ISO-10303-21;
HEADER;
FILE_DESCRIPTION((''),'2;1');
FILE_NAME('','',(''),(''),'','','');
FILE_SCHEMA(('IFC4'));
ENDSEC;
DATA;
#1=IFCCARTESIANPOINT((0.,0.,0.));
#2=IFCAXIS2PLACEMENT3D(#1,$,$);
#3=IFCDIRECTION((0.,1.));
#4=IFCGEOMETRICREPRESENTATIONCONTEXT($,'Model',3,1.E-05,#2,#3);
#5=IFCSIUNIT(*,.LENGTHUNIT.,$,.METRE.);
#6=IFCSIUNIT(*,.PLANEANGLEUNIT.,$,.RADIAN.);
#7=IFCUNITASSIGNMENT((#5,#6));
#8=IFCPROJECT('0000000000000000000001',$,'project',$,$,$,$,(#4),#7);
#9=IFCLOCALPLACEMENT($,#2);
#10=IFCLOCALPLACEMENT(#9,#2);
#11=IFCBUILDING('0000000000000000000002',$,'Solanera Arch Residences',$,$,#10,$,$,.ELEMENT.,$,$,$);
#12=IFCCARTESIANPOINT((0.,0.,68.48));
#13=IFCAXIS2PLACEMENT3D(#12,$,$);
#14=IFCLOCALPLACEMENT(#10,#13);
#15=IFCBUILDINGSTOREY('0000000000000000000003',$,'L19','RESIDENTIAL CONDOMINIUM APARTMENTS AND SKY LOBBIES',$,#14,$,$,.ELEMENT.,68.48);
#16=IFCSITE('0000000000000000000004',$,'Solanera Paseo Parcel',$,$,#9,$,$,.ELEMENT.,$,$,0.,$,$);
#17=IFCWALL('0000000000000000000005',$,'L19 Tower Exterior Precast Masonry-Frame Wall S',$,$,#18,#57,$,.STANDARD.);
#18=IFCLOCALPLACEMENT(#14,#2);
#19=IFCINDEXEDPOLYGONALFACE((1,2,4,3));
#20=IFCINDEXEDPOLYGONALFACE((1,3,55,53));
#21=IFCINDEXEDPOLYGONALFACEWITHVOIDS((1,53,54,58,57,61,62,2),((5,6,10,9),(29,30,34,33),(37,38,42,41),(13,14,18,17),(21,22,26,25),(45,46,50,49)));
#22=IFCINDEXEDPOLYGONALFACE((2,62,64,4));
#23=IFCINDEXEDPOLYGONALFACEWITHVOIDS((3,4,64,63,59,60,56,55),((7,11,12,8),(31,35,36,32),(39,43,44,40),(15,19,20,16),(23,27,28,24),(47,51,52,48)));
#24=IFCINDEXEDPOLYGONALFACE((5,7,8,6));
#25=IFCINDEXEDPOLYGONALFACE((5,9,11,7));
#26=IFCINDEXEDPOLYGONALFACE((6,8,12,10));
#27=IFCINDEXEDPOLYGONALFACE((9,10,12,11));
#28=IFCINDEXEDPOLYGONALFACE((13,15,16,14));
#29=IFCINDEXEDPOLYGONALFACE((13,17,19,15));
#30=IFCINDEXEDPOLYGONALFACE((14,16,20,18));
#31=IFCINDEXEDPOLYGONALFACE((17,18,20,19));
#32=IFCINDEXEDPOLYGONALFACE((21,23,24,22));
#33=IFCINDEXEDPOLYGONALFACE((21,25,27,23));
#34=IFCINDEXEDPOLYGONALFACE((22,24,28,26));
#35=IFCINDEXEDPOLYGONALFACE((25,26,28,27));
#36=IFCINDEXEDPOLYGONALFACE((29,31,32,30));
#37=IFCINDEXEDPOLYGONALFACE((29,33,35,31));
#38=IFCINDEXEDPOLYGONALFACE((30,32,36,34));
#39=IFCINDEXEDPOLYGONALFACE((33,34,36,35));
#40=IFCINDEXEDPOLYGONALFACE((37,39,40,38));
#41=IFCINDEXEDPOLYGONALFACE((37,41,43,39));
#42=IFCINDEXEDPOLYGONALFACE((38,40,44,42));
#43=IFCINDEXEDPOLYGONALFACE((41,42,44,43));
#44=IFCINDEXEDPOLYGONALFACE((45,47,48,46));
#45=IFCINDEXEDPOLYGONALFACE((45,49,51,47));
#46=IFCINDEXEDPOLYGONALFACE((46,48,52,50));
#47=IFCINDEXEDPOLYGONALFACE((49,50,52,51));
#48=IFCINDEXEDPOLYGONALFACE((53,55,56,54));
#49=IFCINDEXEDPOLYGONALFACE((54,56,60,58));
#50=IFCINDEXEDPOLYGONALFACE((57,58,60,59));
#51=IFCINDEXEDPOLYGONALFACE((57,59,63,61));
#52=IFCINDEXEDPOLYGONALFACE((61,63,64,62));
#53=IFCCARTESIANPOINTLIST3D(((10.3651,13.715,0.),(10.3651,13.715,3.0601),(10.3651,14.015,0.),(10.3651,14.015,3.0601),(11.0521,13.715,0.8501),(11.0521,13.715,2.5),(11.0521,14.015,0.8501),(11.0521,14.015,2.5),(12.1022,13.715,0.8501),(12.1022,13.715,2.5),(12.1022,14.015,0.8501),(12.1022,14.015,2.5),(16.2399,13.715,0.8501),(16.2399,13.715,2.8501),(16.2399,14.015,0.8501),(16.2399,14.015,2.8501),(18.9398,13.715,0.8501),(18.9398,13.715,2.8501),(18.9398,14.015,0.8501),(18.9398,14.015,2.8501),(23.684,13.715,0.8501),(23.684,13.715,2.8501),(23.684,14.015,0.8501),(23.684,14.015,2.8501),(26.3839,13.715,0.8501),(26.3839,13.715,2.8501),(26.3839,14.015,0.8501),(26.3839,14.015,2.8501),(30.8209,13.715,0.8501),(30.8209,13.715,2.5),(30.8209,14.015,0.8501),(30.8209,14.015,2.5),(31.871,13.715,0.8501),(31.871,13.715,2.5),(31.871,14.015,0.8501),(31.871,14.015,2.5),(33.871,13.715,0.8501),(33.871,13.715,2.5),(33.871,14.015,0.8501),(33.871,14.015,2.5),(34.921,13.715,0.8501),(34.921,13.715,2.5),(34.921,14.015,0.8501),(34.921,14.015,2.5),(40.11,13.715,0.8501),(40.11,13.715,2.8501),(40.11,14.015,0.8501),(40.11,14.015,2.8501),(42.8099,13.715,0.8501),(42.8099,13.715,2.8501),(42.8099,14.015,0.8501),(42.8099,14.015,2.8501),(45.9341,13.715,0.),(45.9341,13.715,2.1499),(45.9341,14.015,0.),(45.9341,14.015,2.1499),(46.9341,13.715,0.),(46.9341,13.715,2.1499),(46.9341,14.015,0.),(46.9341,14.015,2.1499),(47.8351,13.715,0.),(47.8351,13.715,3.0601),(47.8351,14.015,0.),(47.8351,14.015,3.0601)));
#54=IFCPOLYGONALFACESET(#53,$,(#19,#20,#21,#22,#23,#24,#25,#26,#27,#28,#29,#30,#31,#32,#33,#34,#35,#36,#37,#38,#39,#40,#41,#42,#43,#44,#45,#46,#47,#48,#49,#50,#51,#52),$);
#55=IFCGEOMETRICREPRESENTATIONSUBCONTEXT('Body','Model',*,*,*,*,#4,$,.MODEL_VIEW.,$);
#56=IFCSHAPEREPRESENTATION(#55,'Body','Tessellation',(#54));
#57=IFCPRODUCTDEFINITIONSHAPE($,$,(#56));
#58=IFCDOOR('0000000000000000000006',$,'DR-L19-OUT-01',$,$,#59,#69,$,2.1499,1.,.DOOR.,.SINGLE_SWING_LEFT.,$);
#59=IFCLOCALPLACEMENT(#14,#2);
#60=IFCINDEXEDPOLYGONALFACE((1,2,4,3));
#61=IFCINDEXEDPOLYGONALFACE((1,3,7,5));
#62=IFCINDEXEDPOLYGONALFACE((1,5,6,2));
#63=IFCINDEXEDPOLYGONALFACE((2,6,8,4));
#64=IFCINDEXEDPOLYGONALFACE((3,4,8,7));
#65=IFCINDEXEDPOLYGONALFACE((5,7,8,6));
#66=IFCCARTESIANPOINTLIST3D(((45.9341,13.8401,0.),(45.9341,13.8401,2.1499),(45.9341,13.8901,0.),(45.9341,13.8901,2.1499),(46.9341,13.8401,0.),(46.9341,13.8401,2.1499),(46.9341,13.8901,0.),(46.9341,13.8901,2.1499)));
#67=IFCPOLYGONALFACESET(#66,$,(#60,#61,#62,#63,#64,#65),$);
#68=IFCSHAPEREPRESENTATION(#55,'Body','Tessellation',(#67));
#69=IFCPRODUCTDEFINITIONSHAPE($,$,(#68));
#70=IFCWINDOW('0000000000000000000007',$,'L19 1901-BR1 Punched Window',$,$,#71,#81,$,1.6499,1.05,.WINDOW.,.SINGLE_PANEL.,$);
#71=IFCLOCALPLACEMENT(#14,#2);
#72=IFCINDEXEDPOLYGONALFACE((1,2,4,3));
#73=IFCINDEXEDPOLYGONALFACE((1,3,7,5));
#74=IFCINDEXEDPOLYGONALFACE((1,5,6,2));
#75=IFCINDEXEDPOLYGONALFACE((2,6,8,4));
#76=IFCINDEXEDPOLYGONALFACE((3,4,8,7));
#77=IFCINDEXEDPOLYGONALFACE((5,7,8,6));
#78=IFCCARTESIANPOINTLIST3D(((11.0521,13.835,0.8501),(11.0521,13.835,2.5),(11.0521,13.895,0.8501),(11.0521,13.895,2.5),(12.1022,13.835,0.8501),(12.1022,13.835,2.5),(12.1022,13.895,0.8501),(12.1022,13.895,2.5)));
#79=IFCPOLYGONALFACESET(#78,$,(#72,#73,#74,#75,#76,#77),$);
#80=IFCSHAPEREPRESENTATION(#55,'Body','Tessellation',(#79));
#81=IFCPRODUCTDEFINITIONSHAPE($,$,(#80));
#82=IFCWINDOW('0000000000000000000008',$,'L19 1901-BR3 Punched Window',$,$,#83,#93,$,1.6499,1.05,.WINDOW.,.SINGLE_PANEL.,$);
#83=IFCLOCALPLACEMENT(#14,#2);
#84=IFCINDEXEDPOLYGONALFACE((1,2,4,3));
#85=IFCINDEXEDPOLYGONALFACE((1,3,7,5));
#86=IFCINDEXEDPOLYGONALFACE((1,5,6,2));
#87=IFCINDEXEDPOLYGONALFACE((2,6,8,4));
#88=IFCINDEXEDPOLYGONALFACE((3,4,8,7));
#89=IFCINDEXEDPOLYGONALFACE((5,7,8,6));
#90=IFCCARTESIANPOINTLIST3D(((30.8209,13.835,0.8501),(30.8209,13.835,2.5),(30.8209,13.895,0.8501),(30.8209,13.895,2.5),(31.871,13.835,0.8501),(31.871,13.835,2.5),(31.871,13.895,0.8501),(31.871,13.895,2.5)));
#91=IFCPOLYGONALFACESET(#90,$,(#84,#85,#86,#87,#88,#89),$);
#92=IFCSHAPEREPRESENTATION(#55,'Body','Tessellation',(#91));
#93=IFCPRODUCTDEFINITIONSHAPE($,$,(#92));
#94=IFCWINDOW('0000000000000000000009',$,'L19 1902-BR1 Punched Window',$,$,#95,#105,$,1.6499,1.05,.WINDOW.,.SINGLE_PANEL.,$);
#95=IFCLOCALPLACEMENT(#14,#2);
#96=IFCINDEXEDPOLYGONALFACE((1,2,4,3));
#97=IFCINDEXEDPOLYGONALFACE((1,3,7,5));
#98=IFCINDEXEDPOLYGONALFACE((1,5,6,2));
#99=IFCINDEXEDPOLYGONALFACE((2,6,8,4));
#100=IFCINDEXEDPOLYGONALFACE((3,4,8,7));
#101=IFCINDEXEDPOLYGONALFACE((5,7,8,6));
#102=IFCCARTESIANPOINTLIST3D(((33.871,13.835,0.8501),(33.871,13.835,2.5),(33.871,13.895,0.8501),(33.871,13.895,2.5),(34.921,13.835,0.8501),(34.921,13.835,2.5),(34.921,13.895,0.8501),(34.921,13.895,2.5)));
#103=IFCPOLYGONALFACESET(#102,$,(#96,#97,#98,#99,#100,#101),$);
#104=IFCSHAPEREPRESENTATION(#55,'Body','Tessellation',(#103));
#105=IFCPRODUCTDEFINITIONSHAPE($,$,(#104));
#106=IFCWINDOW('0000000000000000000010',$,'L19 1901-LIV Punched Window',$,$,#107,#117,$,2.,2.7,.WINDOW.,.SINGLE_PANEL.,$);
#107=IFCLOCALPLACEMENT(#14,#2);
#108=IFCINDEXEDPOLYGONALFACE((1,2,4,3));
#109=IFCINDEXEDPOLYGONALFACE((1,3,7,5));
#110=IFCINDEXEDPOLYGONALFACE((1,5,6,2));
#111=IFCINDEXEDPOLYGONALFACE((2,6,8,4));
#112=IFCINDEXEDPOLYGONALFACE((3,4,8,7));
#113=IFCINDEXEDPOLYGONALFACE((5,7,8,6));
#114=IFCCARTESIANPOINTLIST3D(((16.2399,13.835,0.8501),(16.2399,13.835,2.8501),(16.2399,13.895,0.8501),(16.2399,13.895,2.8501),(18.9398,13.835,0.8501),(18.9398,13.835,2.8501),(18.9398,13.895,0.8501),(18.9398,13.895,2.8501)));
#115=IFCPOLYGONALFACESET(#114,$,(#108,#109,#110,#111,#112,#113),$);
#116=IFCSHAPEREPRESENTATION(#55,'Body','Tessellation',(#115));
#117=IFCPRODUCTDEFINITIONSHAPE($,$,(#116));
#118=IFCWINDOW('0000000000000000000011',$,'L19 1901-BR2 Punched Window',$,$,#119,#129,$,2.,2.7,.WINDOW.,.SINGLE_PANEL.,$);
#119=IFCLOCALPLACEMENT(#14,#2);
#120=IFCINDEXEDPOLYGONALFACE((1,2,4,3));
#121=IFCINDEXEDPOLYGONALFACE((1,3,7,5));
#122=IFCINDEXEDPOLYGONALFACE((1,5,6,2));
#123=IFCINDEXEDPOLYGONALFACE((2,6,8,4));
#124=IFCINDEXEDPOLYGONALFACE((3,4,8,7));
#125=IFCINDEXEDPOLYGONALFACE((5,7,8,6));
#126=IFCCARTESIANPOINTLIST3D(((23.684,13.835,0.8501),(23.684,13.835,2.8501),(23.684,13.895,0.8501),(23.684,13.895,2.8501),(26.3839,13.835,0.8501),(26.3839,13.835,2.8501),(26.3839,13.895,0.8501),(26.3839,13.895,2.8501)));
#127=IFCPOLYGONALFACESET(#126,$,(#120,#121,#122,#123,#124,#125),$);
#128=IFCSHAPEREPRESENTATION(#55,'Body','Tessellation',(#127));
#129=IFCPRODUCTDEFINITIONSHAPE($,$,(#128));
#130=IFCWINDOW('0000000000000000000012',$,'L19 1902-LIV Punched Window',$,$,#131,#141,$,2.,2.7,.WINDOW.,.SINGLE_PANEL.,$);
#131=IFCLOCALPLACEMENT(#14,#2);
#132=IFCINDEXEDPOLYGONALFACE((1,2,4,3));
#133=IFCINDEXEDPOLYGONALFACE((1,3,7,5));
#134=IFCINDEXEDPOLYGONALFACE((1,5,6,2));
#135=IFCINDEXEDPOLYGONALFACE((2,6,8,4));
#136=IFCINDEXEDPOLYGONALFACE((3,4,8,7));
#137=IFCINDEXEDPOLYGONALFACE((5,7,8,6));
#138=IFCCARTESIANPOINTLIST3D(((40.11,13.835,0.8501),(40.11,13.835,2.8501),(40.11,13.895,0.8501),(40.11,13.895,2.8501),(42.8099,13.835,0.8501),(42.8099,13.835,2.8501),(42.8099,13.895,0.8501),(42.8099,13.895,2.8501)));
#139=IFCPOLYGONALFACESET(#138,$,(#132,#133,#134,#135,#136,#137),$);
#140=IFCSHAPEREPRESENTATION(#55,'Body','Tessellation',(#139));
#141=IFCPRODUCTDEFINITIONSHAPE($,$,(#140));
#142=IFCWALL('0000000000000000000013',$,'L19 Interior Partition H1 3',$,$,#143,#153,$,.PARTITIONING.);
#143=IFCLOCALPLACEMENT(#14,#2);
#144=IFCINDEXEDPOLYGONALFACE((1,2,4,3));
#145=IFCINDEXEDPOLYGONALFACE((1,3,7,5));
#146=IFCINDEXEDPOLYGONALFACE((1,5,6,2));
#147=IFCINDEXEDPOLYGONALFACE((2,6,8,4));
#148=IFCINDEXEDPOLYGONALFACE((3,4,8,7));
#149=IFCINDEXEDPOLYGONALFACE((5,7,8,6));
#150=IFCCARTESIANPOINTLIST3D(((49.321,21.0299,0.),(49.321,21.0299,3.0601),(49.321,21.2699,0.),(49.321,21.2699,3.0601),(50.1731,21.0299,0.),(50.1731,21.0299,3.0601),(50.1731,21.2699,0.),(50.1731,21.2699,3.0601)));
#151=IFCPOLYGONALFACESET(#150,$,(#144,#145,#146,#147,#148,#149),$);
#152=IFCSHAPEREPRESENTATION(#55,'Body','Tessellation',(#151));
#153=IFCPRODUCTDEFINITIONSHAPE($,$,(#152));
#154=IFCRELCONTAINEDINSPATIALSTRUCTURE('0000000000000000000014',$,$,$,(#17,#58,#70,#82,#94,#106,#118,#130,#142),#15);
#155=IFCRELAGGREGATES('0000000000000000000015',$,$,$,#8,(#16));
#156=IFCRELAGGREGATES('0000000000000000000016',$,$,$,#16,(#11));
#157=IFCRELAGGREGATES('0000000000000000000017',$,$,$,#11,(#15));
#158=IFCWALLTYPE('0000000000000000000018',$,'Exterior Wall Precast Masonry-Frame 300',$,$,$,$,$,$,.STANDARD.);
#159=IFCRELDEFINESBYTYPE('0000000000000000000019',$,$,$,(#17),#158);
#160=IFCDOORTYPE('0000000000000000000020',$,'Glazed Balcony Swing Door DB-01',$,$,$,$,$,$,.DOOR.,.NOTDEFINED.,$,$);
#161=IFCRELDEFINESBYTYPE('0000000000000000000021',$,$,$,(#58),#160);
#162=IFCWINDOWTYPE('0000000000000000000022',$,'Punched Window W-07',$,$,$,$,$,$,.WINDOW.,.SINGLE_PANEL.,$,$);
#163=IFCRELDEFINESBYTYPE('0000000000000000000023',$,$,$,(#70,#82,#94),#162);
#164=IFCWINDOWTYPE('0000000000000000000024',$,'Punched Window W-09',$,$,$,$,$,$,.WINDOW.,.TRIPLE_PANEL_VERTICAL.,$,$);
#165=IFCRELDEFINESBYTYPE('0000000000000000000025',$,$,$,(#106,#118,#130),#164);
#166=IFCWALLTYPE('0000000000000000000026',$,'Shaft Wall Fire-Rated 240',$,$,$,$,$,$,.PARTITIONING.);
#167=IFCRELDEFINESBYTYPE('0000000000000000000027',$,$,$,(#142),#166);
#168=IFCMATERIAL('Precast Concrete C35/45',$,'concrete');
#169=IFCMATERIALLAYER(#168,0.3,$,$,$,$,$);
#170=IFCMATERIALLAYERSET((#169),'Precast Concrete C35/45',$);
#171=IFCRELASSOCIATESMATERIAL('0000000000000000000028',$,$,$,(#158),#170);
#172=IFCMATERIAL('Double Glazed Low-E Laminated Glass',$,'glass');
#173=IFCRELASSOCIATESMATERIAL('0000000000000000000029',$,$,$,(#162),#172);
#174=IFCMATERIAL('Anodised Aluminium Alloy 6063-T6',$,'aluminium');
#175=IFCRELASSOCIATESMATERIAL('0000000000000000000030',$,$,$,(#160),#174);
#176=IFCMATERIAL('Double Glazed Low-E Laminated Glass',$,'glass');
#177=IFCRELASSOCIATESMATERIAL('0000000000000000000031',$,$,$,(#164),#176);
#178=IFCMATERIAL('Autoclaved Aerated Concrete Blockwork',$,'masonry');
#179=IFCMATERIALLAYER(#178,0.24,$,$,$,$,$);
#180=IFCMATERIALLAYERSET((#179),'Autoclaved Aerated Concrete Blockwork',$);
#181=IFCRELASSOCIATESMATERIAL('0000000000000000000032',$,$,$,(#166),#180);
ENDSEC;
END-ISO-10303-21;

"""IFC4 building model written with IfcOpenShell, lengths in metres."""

from ifc_helpers import new_model, si_unit, direction, frame, frame_2d, origin, place, context, subcontext, project, spatial, rectangle, extrude, material, layer, layer_set, type_object, element, fill, save


model = new_model("IFC4")

# Units and contexts
model_context = context("Model", 3, precision=1e-05, world=origin(), true_north=direction((0.0, 1.0)))
body_context = subcontext(model_context, "Body", "Model", "MODEL_VIEW")
ifc_project = project(units=[si_unit("LENGTHUNIT", "METRE"), si_unit("PLANEANGLEUNIT", "RADIAN")], contexts=[model_context])

# Site, building, storey
site_placement = place(None, origin())
site = spatial("IfcSite", under=ifc_project, at=site_placement, Name="Solanera Paseo Parcel", CompositionType="ELEMENT", RefElevation=0.0)
building_placement = place(site_placement, origin())
building = spatial("IfcBuilding", under=site, at=building_placement, Name="Solanera Arch Residences", CompositionType="ELEMENT")
storey_placement = place(building_placement, frame((0.0, 0.0, 68.48)))
storey = spatial("IfcBuildingStorey", under=building, at=storey_placement, Name="L19", Description="RESIDENTIAL CONDOMINIUM APARTMENTS AND SKY LOBBIES", CompositionType="ELEMENT", Elevation=68.48)

# Shared definitions
ifc_material_1 = material(Name="Precast Concrete C35/45", Category="concrete")
ifc_layer_1 = layer(ifc_material_1, 0.3)
ifc_layer_set_1 = layer_set([ifc_layer_1], Name="Precast Concrete C35/45")
wall_type_1 = type_object("IfcWallType", Name="Exterior Wall Precast Masonry-Frame 300", PredefinedType="STANDARD", material=ifc_layer_set_1)
ifc_material_2 = material(Name="Double Glazed Low-E Laminated Glass", Category="glass")
window_type_1 = type_object("IfcWindowType", Name="Punched Window W-07", PartitioningType="SINGLE_PANEL", PredefinedType="WINDOW", material=ifc_material_2)

# Wall, openings, door, windows
wall_1_placement = place(storey_placement, frame((47.835, 13.865, 0.0), z_axis=(0.0, 0.0, 1.0), x_axis=(-1.0, 0.0, 0.0)))
wall_1 = element("IfcWall", 1, at=wall_1_placement, inside=storey, type_object=wall_type_1, Name="L19 Tower Exterior Precast Masonry-Frame Wall S", PredefinedType="STANDARD", context=body_context, shape_type="SweptSolid", body=[
    extrude(rectangle(XDim=37.47, YDim=0.3, at=frame_2d((18.7349, 0.0))), origin(), (0.0, 0.0, 1.0), 3.0601),
])
opening_1_placement = place(wall_1_placement, frame((0.9009, 0.0, 0.0)))
opening_1 = element("IfcOpeningElement", 2, at=opening_1_placement, cuts=wall_1, PredefinedType="OPENING", context=body_context, shape_type="SweptSolid", body=[
    extrude(rectangle(XDim=1.0, YDim=2.1499, at=frame_2d((0.5, 1.075))), frame((0.0, 0.1599, 0.0), z_axis=(0.0, -1.0, 0.0), x_axis=(1.0, 0.0, 0.0)), (0.0, 0.0, 1.0), 0.32),
])
opening_2_placement = place(wall_1_placement, frame((28.895, 0.0, 0.8501)))
opening_2 = element("IfcOpeningElement", 3, at=opening_2_placement, cuts=wall_1, PredefinedType="OPENING", context=body_context, shape_type="SweptSolid", body=[
    extrude(rectangle(XDim=2.7, YDim=2.0, at=frame_2d((1.3501, 1.0))), frame((0.0, 0.1599, 0.0), z_axis=(0.0, -1.0, 0.0), x_axis=(1.0, 0.0, 0.0)), (0.0, 0.0, 1.0), 0.32),
])
opening_3_placement = place(wall_1_placement, frame((35.7329, 0.0, 0.8501)))
opening_3 = element("IfcOpeningElement", 4, at=opening_3_placement, cuts=wall_1, PredefinedType="OPENING", context=body_context, shape_type="SweptSolid", body=[
    extrude(rectangle(XDim=1.05, YDim=1.6499, at=frame_2d((0.5249, 0.825))), frame((0.0, 0.1599, 0.0), z_axis=(0.0, -1.0, 0.0), x_axis=(1.0, 0.0, 0.0)), (0.0, 0.0, 1.0), 0.32),
])
opening_4_placement = place(wall_1_placement, frame((21.4509, 0.0, 0.8501)))
opening_4 = element("IfcOpeningElement", 5, at=opening_4_placement, cuts=wall_1, PredefinedType="OPENING", context=body_context, shape_type="SweptSolid", body=[
    extrude(rectangle(XDim=2.7, YDim=2.0, at=frame_2d((1.3501, 1.0))), frame((0.0, 0.1599, 0.0), z_axis=(0.0, -1.0, 0.0), x_axis=(1.0, 0.0, 0.0)), (0.0, 0.0, 1.0), 0.32),
])
opening_5_placement = place(wall_1_placement, frame((15.9641, 0.0, 0.8501)))
opening_5 = element("IfcOpeningElement", 6, at=opening_5_placement, cuts=wall_1, PredefinedType="OPENING", context=body_context, shape_type="SweptSolid", body=[
    extrude(rectangle(XDim=1.05, YDim=1.6499, at=frame_2d((0.5249, 0.825))), frame((0.0, 0.1599, 0.0), z_axis=(0.0, -1.0, 0.0), x_axis=(1.0, 0.0, 0.0)), (0.0, 0.0, 1.0), 0.32),
])
opening_6_placement = place(wall_1_placement, frame((5.0249, 0.0, 0.8501)))
opening_6 = element("IfcOpeningElement", 7, at=opening_6_placement, cuts=wall_1, PredefinedType="OPENING", context=body_context, shape_type="SweptSolid", body=[
    extrude(rectangle(XDim=2.7, YDim=2.0, at=frame_2d((1.3501, 1.0))), frame((0.0, 0.1599, 0.0), z_axis=(0.0, -1.0, 0.0), x_axis=(1.0, 0.0, 0.0)), (0.0, 0.0, 1.0), 0.32),
])
opening_7_placement = place(wall_1_placement, frame((12.9141, 0.0, 0.8501)))
opening_7 = element("IfcOpeningElement", 8, at=opening_7_placement, cuts=wall_1, PredefinedType="OPENING", context=body_context, shape_type="SweptSolid", body=[
    extrude(rectangle(XDim=1.05, YDim=1.6499, at=frame_2d((0.5249, 0.825))), frame((0.0, 0.1599, 0.0), z_axis=(0.0, -1.0, 0.0), x_axis=(1.0, 0.0, 0.0)), (0.0, 0.0, 1.0), 0.32),
])
ifc_material_3 = material(Name="Anodised Aluminium Alloy 6063-T6", Category="aluminium")
door_type_1 = type_object("IfcDoorType", Name="Glazed Balcony Swing Door DB-01", OperationType="NOTDEFINED", PredefinedType="DOOR", material=ifc_material_3)
door_1_placement = place(opening_1_placement, origin())
door_1 = element("IfcDoor", 9, at=door_1_placement, inside=storey, type_object=door_type_1, Name="DR-L19-OUT-01", OperationType="SINGLE_SWING_LEFT", OverallHeight=2.1499, OverallWidth=1.0, PredefinedType="DOOR", context=body_context, shape_type="SweptSolid", body=[
    extrude(rectangle(XDim=1.0, YDim=2.1499, at=frame_2d((0.5, 1.075))), frame((0.0, 0.0249, 0.0), z_axis=(0.0, -1.0, 0.0), x_axis=(1.0, 0.0, 0.0)), (0.0, 0.0, 1.0), 0.05),
])
fill(opening_1, door_1)
window_1_placement = place(opening_3_placement, origin())
window_1 = element("IfcWindow", 10, at=window_1_placement, inside=storey, type_object=window_type_1, Name="L19 1901-BR1 Punched Window", OverallHeight=1.6499, OverallWidth=1.05, PartitioningType="SINGLE_PANEL", PredefinedType="WINDOW", context=body_context, shape_type="SweptSolid", body=[
    extrude(rectangle(XDim=1.05, YDim=1.6499, at=frame_2d((0.5249, 0.825))), frame((0.0, 0.03, 0.0), z_axis=(0.0, -1.0, 0.0), x_axis=(1.0, 0.0, 0.0)), (0.0, 0.0, 1.0), 0.0601),
])
fill(opening_3, window_1)
window_2_placement = place(opening_5_placement, origin())
window_2 = element("IfcWindow", 11, at=window_2_placement, inside=storey, type_object=window_type_1, Name="L19 1901-BR3 Punched Window", OverallHeight=1.6499, OverallWidth=1.05, PartitioningType="SINGLE_PANEL", PredefinedType="WINDOW", context=body_context, shape_type="SweptSolid", body=[
    extrude(rectangle(XDim=1.05, YDim=1.6499, at=frame_2d((0.5249, 0.825))), frame((0.0, 0.03, 0.0), z_axis=(0.0, -1.0, 0.0), x_axis=(1.0, 0.0, 0.0)), (0.0, 0.0, 1.0), 0.0601),
])
fill(opening_5, window_2)
window_3_placement = place(opening_7_placement, origin())
window_3 = element("IfcWindow", 12, at=window_3_placement, inside=storey, type_object=window_type_1, Name="L19 1902-BR1 Punched Window", OverallHeight=1.6499, OverallWidth=1.05, PartitioningType="SINGLE_PANEL", PredefinedType="WINDOW", context=body_context, shape_type="SweptSolid", body=[
    extrude(rectangle(XDim=1.05, YDim=1.6499, at=frame_2d((0.5249, 0.825))), frame((0.0, 0.03, 0.0), z_axis=(0.0, -1.0, 0.0), x_axis=(1.0, 0.0, 0.0)), (0.0, 0.0, 1.0), 0.0601),
])
fill(opening_7, window_3)
ifc_material_4 = material(Name="Double Glazed Low-E Laminated Glass", Category="glass")
window_type_2 = type_object("IfcWindowType", Name="Punched Window W-09", PartitioningType="TRIPLE_PANEL_VERTICAL", PredefinedType="WINDOW", material=ifc_material_4)
window_4_placement = place(opening_2_placement, origin())
window_4 = element("IfcWindow", 13, at=window_4_placement, inside=storey, type_object=window_type_2, Name="L19 1901-LIV Punched Window", OverallHeight=2.0, OverallWidth=2.7, PartitioningType="SINGLE_PANEL", PredefinedType="WINDOW", context=body_context, shape_type="SweptSolid", body=[
    extrude(rectangle(XDim=2.7, YDim=2.0, at=frame_2d((1.3501, 1.0))), frame((0.0, 0.03, 0.0), z_axis=(0.0, -1.0, 0.0), x_axis=(1.0, 0.0, 0.0)), (0.0, 0.0, 1.0), 0.0601),
])
fill(opening_2, window_4)
window_5_placement = place(opening_4_placement, origin())
window_5 = element("IfcWindow", 14, at=window_5_placement, inside=storey, type_object=window_type_2, Name="L19 1901-BR2 Punched Window", OverallHeight=2.0, OverallWidth=2.7, PartitioningType="SINGLE_PANEL", PredefinedType="WINDOW", context=body_context, shape_type="SweptSolid", body=[
    extrude(rectangle(XDim=2.7, YDim=2.0, at=frame_2d((1.3501, 1.0))), frame((0.0, 0.03, 0.0), z_axis=(0.0, -1.0, 0.0), x_axis=(1.0, 0.0, 0.0)), (0.0, 0.0, 1.0), 0.0601),
])
fill(opening_4, window_5)
window_6_placement = place(opening_6_placement, origin())
window_6 = element("IfcWindow", 15, at=window_6_placement, inside=storey, type_object=window_type_2, Name="L19 1902-LIV Punched Window", OverallHeight=2.0, OverallWidth=2.7, PartitioningType="SINGLE_PANEL", PredefinedType="WINDOW", context=body_context, shape_type="SweptSolid", body=[
    extrude(rectangle(XDim=2.7, YDim=2.0, at=frame_2d((1.3501, 1.0))), frame((0.0, 0.03, 0.0), z_axis=(0.0, -1.0, 0.0), x_axis=(1.0, 0.0, 0.0)), (0.0, 0.0, 1.0), 0.0601),
])
fill(opening_6, window_6)

# Wall
ifc_material_5 = material(Name="Autoclaved Aerated Concrete Blockwork", Category="masonry")
ifc_layer_2 = layer(ifc_material_5, 0.24)
ifc_layer_set_2 = layer_set([ifc_layer_2], Name="Autoclaved Aerated Concrete Blockwork")
wall_type_2 = type_object("IfcWallType", Name="Shaft Wall Fire-Rated 240", PredefinedType="PARTITIONING", material=ifc_layer_set_2)
wall_2_placement = place(storey_placement, frame((49.321, 21.1499, 0.0), z_axis=(0.0, 0.0, 1.0), x_axis=(1.0, 0.0, 0.0)))
element("IfcWall", 16, at=wall_2_placement, inside=storey, type_object=wall_type_2, Name="L19 Interior Partition H1 3", PredefinedType="PARTITIONING", context=body_context, shape_type="SweptSolid", body=[
    extrude(rectangle(XDim=0.8521, YDim=0.24, at=frame_2d((0.426, 0.0))), origin(), (0.0, 0.0, 1.0), 3.0601),
])

save(model, "model.ifc")
